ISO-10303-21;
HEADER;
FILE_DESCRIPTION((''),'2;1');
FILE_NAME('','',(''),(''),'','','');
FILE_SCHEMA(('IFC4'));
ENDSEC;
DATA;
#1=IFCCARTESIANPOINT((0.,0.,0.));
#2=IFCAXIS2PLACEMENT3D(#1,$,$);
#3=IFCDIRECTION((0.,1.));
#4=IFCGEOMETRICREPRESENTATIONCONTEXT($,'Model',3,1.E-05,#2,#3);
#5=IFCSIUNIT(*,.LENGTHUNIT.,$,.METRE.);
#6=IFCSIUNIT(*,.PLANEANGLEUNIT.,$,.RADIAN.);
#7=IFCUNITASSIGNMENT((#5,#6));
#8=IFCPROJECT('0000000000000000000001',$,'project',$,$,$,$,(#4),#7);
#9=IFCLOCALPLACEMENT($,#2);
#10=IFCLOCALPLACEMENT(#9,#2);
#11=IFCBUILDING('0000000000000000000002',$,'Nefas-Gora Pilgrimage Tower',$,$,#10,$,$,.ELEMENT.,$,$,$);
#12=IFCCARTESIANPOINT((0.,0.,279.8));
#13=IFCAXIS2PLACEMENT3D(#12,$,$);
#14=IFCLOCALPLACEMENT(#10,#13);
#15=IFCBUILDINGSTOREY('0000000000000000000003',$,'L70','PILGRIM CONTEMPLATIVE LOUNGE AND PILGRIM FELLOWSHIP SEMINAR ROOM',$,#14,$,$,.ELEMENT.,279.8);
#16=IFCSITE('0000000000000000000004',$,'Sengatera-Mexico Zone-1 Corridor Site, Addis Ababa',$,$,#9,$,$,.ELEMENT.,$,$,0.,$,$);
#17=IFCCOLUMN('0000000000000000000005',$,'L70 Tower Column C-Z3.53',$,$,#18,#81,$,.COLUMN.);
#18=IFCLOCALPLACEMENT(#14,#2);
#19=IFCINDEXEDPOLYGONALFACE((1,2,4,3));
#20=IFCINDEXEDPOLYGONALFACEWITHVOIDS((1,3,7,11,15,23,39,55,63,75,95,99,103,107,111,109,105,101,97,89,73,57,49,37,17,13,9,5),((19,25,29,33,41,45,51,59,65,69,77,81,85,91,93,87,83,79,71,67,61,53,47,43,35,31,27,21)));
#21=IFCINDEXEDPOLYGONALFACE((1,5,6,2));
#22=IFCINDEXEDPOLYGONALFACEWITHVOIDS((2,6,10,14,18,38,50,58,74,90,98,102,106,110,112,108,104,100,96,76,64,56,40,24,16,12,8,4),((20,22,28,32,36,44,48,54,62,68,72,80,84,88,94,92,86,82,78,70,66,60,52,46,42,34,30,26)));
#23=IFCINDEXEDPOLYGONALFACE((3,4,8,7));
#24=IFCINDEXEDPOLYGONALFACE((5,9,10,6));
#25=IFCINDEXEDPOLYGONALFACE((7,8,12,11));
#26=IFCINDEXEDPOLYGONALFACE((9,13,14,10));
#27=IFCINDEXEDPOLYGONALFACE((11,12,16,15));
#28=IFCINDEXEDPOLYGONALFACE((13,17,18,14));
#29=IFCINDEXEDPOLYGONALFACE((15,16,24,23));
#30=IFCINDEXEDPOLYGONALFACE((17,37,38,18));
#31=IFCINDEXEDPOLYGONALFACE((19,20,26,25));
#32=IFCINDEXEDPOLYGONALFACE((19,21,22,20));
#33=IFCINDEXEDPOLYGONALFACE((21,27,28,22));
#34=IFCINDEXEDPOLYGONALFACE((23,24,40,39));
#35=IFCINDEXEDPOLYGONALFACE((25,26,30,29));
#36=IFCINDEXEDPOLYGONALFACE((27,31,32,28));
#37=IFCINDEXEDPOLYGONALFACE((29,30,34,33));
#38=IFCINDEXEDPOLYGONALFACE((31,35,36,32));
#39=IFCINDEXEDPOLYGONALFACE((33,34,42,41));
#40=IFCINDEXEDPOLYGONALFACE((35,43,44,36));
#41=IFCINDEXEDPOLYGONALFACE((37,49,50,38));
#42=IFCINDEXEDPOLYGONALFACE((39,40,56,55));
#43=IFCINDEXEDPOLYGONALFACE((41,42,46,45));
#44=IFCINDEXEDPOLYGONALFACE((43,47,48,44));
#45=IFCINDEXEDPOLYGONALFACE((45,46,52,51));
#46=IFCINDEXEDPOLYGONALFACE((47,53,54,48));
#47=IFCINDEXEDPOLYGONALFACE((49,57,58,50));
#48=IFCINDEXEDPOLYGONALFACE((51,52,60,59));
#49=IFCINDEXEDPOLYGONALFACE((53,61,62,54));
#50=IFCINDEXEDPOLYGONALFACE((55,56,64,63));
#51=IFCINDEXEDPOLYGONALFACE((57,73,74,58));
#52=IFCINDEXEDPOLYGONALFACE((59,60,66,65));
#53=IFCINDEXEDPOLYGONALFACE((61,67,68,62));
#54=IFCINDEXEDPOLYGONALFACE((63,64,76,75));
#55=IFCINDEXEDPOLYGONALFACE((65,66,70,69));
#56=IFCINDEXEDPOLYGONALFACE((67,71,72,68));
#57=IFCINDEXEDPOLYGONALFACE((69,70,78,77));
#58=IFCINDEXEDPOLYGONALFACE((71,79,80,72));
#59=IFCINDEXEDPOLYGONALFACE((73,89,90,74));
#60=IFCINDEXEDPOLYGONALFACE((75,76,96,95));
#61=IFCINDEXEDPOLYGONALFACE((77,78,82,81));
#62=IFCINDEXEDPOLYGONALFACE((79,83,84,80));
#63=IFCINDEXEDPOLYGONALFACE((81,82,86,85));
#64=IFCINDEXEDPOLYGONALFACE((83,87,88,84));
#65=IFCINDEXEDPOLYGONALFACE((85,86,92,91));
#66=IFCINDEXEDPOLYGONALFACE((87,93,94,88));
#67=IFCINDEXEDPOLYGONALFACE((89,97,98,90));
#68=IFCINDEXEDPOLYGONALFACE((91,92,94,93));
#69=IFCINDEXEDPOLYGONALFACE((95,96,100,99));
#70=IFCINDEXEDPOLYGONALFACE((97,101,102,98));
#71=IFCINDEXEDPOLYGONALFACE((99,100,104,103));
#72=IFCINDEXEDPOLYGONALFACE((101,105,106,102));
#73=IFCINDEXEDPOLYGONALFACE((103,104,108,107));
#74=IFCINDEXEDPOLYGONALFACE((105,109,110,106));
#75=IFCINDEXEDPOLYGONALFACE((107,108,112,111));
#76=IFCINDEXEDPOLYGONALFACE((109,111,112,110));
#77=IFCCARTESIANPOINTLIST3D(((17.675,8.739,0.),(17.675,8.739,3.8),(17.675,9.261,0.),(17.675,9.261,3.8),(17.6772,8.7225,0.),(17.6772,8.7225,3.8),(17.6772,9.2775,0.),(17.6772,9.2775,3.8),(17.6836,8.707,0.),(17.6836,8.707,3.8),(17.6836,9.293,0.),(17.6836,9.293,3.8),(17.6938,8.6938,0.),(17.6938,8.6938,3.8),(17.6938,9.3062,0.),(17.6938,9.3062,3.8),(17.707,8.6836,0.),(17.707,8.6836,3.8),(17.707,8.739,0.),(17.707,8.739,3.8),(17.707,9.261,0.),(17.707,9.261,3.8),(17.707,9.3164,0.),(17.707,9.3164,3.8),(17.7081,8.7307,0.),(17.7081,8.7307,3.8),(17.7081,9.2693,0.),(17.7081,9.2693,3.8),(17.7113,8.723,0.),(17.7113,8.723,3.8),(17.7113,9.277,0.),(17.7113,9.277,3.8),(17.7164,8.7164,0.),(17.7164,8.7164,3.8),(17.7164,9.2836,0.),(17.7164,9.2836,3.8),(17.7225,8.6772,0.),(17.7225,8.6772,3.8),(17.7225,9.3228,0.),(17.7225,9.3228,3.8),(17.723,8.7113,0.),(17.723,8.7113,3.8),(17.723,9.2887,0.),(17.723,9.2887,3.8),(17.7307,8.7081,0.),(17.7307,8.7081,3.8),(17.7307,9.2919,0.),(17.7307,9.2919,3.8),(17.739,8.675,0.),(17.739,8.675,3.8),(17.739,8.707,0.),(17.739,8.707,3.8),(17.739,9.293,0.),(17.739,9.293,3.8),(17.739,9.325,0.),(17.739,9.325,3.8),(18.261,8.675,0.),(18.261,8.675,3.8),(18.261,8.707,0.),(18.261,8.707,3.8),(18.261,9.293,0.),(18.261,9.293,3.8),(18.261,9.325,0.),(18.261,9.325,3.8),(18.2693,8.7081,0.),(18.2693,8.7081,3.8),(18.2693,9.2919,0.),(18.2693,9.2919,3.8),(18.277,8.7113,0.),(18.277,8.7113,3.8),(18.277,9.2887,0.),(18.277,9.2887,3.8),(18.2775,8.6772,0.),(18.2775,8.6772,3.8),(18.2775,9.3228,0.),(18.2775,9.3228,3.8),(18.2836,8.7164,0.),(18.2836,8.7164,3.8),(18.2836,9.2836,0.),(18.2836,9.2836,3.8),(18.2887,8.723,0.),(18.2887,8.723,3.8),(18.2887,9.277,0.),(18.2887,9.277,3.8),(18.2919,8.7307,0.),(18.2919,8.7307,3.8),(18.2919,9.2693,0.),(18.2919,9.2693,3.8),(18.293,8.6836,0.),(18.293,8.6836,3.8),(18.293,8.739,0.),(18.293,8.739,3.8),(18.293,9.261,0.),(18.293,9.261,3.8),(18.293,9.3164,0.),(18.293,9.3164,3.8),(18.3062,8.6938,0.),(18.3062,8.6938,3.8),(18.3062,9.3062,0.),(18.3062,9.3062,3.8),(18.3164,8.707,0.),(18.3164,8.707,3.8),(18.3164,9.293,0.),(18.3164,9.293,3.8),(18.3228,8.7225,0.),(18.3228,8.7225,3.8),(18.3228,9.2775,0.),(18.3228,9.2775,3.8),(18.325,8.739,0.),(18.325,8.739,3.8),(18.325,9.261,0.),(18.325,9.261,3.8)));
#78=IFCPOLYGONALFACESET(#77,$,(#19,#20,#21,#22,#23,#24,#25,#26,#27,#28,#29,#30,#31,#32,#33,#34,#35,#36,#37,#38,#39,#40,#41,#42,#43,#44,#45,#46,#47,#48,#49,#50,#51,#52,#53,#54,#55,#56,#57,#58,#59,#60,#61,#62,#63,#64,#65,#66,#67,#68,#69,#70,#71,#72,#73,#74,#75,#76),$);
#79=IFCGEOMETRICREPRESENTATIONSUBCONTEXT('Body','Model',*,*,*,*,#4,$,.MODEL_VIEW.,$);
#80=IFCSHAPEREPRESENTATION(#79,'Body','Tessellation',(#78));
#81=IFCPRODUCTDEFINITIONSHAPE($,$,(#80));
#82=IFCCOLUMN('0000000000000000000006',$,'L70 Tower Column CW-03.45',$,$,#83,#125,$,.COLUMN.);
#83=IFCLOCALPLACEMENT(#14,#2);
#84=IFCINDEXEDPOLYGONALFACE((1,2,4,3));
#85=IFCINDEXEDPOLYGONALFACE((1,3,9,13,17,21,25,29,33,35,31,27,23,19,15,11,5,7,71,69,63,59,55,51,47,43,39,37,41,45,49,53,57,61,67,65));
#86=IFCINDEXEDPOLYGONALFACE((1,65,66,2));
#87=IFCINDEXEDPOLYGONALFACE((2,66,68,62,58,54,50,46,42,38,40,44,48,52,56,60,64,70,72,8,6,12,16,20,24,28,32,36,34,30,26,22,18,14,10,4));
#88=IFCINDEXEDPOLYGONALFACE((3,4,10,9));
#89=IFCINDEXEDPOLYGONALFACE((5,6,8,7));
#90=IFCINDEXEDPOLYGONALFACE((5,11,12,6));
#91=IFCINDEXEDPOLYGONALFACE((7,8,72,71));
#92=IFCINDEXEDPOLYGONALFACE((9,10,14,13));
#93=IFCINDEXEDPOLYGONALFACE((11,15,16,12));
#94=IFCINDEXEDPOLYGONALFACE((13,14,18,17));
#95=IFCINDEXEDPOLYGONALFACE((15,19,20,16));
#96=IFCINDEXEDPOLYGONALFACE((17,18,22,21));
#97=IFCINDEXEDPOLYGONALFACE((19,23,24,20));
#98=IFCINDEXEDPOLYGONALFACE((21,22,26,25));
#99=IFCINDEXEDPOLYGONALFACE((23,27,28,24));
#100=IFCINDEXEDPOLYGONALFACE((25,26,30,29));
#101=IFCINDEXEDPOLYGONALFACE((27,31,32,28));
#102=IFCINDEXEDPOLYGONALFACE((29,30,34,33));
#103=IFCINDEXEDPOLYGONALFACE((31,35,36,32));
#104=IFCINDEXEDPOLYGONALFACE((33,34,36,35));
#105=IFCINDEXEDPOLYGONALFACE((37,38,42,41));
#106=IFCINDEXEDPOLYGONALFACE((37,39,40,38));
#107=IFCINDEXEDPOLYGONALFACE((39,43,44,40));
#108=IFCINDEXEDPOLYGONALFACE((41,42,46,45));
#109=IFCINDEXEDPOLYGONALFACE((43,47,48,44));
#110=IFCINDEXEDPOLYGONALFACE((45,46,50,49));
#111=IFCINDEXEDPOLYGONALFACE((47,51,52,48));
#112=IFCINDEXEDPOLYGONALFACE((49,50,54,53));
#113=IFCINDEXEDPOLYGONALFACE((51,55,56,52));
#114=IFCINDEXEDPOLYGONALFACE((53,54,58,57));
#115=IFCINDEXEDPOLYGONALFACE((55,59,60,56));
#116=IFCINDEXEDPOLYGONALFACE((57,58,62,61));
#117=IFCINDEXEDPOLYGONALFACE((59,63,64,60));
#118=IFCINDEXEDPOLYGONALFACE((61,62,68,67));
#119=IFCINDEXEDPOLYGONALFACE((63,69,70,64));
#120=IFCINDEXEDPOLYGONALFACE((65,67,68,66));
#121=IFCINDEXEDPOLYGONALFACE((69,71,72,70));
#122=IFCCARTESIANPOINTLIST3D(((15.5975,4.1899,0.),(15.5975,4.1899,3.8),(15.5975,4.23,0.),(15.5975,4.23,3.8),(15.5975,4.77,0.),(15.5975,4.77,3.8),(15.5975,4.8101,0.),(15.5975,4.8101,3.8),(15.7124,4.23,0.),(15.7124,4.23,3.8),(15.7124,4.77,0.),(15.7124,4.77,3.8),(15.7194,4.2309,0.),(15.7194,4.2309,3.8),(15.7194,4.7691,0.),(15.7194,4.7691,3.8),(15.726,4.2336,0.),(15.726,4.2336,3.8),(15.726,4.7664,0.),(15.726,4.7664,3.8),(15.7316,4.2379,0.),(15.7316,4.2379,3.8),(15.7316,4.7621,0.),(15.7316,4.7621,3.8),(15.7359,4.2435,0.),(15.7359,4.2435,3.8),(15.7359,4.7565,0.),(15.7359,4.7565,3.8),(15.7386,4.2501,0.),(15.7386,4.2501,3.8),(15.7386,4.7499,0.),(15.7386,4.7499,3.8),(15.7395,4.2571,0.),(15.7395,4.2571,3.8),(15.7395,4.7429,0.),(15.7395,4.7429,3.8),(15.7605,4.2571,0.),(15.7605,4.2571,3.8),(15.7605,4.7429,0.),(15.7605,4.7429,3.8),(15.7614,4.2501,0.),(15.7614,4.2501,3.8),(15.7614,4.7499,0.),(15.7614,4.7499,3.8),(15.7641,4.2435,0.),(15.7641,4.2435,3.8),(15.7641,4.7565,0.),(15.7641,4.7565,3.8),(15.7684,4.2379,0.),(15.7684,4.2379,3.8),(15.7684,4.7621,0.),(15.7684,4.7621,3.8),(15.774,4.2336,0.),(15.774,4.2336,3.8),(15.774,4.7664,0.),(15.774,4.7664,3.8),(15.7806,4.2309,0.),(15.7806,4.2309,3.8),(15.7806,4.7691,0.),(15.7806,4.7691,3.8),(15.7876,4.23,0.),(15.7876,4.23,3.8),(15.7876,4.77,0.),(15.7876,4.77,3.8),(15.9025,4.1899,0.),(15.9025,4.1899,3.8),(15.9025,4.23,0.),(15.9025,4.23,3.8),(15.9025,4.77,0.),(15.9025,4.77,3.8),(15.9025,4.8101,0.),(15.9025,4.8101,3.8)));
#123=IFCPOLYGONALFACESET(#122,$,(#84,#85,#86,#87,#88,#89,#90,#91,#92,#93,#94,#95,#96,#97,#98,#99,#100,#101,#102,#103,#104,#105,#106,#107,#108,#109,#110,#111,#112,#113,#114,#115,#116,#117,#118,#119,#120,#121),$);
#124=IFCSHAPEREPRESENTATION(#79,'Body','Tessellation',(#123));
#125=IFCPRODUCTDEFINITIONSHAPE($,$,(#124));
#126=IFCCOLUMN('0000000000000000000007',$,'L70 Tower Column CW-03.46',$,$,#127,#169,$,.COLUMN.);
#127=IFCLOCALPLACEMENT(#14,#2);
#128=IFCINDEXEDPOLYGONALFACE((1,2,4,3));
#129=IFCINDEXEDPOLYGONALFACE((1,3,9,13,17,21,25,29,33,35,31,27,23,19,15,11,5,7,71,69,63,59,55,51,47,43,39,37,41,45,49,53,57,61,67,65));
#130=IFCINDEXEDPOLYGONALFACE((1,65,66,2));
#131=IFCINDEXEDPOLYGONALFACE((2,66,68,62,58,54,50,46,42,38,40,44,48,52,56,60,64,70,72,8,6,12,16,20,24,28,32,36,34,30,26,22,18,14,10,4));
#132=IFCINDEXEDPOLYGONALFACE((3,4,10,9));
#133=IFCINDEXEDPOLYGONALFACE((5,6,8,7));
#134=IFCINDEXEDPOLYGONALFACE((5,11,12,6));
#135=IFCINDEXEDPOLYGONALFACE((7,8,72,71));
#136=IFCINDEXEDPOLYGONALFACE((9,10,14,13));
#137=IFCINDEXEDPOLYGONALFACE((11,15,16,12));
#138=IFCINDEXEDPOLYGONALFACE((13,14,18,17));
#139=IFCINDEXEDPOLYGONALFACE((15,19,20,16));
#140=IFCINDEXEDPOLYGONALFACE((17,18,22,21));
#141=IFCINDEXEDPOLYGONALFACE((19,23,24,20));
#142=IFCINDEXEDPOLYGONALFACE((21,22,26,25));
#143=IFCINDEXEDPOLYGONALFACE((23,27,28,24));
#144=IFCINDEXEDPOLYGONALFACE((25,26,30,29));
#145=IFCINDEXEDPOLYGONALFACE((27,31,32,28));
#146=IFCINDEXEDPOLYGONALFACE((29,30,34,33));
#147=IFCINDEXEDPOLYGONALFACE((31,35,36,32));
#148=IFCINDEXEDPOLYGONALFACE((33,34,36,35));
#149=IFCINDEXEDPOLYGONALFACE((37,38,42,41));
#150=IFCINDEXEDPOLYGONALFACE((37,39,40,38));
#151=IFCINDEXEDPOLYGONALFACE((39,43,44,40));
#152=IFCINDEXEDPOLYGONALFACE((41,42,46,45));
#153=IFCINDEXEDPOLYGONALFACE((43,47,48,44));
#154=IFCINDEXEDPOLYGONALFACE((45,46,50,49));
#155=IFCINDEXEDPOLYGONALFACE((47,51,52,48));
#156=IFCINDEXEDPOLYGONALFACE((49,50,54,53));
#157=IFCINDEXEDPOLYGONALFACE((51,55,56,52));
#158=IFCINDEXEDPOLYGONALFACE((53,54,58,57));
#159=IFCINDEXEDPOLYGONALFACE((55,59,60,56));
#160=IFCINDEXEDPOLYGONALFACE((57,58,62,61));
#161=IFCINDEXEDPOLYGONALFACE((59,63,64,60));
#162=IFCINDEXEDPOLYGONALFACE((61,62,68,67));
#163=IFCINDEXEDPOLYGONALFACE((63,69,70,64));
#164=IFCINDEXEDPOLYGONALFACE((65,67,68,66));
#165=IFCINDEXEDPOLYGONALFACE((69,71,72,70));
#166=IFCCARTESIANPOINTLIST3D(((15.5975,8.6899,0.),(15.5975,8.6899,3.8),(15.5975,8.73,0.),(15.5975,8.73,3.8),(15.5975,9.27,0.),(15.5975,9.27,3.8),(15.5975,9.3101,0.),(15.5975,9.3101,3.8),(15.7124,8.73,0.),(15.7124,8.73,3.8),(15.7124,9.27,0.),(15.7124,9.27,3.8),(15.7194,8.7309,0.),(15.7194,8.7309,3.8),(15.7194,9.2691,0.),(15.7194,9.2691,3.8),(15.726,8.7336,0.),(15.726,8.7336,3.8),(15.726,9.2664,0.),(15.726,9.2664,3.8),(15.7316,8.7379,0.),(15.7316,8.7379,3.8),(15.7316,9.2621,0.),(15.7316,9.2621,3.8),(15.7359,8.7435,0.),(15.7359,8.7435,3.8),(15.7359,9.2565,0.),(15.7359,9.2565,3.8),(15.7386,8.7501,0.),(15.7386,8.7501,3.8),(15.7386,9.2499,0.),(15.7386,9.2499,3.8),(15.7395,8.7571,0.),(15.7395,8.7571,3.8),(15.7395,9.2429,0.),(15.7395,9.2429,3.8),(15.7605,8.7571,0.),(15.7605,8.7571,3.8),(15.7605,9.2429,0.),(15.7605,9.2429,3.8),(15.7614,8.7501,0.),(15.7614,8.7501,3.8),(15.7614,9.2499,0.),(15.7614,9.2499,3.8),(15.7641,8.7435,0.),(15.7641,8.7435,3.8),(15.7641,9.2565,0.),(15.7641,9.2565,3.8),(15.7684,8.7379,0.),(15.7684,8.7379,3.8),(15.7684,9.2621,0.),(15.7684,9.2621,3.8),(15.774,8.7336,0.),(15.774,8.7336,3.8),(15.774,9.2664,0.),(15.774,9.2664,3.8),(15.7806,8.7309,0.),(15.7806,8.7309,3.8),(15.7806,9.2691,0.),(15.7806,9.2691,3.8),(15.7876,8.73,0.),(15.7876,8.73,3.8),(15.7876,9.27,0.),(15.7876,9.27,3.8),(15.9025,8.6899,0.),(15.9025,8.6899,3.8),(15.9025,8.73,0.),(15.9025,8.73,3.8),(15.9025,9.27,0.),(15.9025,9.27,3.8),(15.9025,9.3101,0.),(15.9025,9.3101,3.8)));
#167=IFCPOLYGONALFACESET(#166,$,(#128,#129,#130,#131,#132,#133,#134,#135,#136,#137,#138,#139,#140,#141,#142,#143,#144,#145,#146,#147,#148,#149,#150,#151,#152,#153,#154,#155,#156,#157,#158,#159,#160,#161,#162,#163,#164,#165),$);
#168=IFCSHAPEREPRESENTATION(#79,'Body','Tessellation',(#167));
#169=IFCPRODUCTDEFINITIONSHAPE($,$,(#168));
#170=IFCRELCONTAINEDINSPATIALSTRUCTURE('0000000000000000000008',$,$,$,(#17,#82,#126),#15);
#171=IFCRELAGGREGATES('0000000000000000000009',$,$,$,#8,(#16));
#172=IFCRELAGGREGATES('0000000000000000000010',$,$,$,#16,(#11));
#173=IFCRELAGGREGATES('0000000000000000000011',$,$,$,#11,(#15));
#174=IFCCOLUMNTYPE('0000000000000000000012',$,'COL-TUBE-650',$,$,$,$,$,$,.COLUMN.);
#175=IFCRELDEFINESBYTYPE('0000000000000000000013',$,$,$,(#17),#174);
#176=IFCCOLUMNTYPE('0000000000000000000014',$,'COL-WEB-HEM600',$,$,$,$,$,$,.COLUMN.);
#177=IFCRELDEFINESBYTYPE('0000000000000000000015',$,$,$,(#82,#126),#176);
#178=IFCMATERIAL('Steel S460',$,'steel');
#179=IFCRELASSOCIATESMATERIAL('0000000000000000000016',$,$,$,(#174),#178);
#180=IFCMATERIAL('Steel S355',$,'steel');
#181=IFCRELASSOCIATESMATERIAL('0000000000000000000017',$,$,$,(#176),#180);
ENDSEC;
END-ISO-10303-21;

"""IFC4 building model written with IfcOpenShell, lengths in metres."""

from ifc_helpers import new_model, si_unit, direction, frame, origin, origin_2d, place, context, subcontext, project, spatial, hollow_rectangle, i_section, extrude, source, transform, mapped, material, material_profile, profile_set, type_object, element, save


model = new_model("IFC4")

# Units and contexts
model_context = context("Model", 3, precision=1e-05, world=origin(), true_north=direction((0.0, 1.0)))
body_context = subcontext(model_context, "Body", "Model", "MODEL_VIEW")
ifc_project = project(units=[si_unit("LENGTHUNIT", "METRE"), si_unit("PLANEANGLEUNIT", "RADIAN")], contexts=[model_context])

# Site, building, storey
site_placement = place(None, origin())
site = spatial("IfcSite", under=ifc_project, at=site_placement, Name="Sengatera-Mexico Zone-1 Corridor Site, Addis Ababa", CompositionType="ELEMENT", RefElevation=0.0)
building_placement = place(site_placement, origin())
building = spatial("IfcBuilding", under=site, at=building_placement, Name="Nefas-Gora Pilgrimage Tower", CompositionType="ELEMENT")
storey_placement = place(building_placement, frame((0.0, 0.0, 279.8)))
storey = spatial("IfcBuildingStorey", under=building, at=storey_placement, Name="L70", Description="PILGRIM CONTEMPLATIVE LOUNGE AND PILGRIM FELLOWSHIP SEMINAR ROOM", CompositionType="ELEMENT", Elevation=279.8)

# Columns
ifc_material_1 = material(Name="Steel S460", Category="steel")
ifc_material_profile_1 = material_profile(ifc_material_1, hollow_rectangle(XDim=0.6499, YDim=0.6499, WallThickness=0.032, InnerFilletRadius=0.032, OuterFilletRadius=0.064, at=origin_2d()), Name="BOX 650x650x32")
ifc_profile_set_1 = profile_set([ifc_material_profile_1], Name="Steel S460")
column_type_1 = type_object("IfcColumnType", Name="COL-TUBE-650", PredefinedType="COLUMN", material=ifc_profile_set_1)
shared_shape_1 = source(origin(), body_context, "Body", "SweptSolid", [
    extrude(hollow_rectangle(XDim=0.6499, YDim=0.6499, WallThickness=0.032, InnerFilletRadius=0.032, OuterFilletRadius=0.064, at=origin_2d()), origin(), (0.0, 0.0, 1.0), 3.8),
])
for number, where, z_axis, x_axis, name in (
    (1, (18.0, 9.0, 0.0), (0.0, 0.0, 1.0), (1.0, 0.0, 0.0), "L70 Tower Column C-Z3.53"),
):
    element("IfcColumn", number, at=place(storey_placement, frame(where, z_axis=z_axis, x_axis=x_axis)), inside=storey, type_object=column_type_1, Name=name, PredefinedType="COLUMN", context=body_context, shape_type="MappedRepresentation", body=[
        mapped(shared_shape_1, transform((0.0, 0.0, 0.0), x_axis=(1.0, 0.0, 0.0), y_axis=(0.0, 1.0, 0.0), z_axis=(0.0, 0.0, 1.0), scale=1.0)),
    ])
ifc_material_2 = material(Name="Steel S355", Category="steel")
ifc_material_profile_2 = material_profile(ifc_material_2, i_section(OverallWidth=0.3049, OverallDepth=0.6201, WebThickness=0.021, FlangeThickness=0.04, FilletRadius=0.0271, at=origin_2d()), Name="HEM 600")
ifc_profile_set_2 = profile_set([ifc_material_profile_2], Name="Steel S355")
column_type_2 = type_object("IfcColumnType", Name="COL-WEB-HEM600", PredefinedType="COLUMN", material=ifc_profile_set_2)
shared_shape_2 = source(origin(), body_context, "Body", "SweptSolid", [
    extrude(i_section(OverallWidth=0.3049, OverallDepth=0.6201, WebThickness=0.021, FlangeThickness=0.04, FilletRadius=0.0271, at=origin_2d()), origin(), (0.0, 0.0, 1.0), 3.8),
])
for number, where, z_axis, x_axis, name in (
    (2, (15.75, 4.5, 0.0), (0.0, 0.0, 1.0), (1.0, 0.0, 0.0), "L70 Tower Column CW-03.45"),
    (3, (15.75, 9.0, 0.0), (0.0, 0.0, 1.0), (1.0, 0.0, 0.0), "L70 Tower Column CW-03.46"),
):
    element("IfcColumn", number, at=place(storey_placement, frame(where, z_axis=z_axis, x_axis=x_axis)), inside=storey, type_object=column_type_2, Name=name, PredefinedType="COLUMN", context=body_context, shape_type="MappedRepresentation", body=[
        mapped(shared_shape_2, transform((0.0, 0.0, 0.0), x_axis=(1.0, 0.0, 0.0), y_axis=(0.0, 1.0, 0.0), z_axis=(0.0, 0.0, 1.0), scale=1.0)),
    ])

save(model, "model.ifc")
